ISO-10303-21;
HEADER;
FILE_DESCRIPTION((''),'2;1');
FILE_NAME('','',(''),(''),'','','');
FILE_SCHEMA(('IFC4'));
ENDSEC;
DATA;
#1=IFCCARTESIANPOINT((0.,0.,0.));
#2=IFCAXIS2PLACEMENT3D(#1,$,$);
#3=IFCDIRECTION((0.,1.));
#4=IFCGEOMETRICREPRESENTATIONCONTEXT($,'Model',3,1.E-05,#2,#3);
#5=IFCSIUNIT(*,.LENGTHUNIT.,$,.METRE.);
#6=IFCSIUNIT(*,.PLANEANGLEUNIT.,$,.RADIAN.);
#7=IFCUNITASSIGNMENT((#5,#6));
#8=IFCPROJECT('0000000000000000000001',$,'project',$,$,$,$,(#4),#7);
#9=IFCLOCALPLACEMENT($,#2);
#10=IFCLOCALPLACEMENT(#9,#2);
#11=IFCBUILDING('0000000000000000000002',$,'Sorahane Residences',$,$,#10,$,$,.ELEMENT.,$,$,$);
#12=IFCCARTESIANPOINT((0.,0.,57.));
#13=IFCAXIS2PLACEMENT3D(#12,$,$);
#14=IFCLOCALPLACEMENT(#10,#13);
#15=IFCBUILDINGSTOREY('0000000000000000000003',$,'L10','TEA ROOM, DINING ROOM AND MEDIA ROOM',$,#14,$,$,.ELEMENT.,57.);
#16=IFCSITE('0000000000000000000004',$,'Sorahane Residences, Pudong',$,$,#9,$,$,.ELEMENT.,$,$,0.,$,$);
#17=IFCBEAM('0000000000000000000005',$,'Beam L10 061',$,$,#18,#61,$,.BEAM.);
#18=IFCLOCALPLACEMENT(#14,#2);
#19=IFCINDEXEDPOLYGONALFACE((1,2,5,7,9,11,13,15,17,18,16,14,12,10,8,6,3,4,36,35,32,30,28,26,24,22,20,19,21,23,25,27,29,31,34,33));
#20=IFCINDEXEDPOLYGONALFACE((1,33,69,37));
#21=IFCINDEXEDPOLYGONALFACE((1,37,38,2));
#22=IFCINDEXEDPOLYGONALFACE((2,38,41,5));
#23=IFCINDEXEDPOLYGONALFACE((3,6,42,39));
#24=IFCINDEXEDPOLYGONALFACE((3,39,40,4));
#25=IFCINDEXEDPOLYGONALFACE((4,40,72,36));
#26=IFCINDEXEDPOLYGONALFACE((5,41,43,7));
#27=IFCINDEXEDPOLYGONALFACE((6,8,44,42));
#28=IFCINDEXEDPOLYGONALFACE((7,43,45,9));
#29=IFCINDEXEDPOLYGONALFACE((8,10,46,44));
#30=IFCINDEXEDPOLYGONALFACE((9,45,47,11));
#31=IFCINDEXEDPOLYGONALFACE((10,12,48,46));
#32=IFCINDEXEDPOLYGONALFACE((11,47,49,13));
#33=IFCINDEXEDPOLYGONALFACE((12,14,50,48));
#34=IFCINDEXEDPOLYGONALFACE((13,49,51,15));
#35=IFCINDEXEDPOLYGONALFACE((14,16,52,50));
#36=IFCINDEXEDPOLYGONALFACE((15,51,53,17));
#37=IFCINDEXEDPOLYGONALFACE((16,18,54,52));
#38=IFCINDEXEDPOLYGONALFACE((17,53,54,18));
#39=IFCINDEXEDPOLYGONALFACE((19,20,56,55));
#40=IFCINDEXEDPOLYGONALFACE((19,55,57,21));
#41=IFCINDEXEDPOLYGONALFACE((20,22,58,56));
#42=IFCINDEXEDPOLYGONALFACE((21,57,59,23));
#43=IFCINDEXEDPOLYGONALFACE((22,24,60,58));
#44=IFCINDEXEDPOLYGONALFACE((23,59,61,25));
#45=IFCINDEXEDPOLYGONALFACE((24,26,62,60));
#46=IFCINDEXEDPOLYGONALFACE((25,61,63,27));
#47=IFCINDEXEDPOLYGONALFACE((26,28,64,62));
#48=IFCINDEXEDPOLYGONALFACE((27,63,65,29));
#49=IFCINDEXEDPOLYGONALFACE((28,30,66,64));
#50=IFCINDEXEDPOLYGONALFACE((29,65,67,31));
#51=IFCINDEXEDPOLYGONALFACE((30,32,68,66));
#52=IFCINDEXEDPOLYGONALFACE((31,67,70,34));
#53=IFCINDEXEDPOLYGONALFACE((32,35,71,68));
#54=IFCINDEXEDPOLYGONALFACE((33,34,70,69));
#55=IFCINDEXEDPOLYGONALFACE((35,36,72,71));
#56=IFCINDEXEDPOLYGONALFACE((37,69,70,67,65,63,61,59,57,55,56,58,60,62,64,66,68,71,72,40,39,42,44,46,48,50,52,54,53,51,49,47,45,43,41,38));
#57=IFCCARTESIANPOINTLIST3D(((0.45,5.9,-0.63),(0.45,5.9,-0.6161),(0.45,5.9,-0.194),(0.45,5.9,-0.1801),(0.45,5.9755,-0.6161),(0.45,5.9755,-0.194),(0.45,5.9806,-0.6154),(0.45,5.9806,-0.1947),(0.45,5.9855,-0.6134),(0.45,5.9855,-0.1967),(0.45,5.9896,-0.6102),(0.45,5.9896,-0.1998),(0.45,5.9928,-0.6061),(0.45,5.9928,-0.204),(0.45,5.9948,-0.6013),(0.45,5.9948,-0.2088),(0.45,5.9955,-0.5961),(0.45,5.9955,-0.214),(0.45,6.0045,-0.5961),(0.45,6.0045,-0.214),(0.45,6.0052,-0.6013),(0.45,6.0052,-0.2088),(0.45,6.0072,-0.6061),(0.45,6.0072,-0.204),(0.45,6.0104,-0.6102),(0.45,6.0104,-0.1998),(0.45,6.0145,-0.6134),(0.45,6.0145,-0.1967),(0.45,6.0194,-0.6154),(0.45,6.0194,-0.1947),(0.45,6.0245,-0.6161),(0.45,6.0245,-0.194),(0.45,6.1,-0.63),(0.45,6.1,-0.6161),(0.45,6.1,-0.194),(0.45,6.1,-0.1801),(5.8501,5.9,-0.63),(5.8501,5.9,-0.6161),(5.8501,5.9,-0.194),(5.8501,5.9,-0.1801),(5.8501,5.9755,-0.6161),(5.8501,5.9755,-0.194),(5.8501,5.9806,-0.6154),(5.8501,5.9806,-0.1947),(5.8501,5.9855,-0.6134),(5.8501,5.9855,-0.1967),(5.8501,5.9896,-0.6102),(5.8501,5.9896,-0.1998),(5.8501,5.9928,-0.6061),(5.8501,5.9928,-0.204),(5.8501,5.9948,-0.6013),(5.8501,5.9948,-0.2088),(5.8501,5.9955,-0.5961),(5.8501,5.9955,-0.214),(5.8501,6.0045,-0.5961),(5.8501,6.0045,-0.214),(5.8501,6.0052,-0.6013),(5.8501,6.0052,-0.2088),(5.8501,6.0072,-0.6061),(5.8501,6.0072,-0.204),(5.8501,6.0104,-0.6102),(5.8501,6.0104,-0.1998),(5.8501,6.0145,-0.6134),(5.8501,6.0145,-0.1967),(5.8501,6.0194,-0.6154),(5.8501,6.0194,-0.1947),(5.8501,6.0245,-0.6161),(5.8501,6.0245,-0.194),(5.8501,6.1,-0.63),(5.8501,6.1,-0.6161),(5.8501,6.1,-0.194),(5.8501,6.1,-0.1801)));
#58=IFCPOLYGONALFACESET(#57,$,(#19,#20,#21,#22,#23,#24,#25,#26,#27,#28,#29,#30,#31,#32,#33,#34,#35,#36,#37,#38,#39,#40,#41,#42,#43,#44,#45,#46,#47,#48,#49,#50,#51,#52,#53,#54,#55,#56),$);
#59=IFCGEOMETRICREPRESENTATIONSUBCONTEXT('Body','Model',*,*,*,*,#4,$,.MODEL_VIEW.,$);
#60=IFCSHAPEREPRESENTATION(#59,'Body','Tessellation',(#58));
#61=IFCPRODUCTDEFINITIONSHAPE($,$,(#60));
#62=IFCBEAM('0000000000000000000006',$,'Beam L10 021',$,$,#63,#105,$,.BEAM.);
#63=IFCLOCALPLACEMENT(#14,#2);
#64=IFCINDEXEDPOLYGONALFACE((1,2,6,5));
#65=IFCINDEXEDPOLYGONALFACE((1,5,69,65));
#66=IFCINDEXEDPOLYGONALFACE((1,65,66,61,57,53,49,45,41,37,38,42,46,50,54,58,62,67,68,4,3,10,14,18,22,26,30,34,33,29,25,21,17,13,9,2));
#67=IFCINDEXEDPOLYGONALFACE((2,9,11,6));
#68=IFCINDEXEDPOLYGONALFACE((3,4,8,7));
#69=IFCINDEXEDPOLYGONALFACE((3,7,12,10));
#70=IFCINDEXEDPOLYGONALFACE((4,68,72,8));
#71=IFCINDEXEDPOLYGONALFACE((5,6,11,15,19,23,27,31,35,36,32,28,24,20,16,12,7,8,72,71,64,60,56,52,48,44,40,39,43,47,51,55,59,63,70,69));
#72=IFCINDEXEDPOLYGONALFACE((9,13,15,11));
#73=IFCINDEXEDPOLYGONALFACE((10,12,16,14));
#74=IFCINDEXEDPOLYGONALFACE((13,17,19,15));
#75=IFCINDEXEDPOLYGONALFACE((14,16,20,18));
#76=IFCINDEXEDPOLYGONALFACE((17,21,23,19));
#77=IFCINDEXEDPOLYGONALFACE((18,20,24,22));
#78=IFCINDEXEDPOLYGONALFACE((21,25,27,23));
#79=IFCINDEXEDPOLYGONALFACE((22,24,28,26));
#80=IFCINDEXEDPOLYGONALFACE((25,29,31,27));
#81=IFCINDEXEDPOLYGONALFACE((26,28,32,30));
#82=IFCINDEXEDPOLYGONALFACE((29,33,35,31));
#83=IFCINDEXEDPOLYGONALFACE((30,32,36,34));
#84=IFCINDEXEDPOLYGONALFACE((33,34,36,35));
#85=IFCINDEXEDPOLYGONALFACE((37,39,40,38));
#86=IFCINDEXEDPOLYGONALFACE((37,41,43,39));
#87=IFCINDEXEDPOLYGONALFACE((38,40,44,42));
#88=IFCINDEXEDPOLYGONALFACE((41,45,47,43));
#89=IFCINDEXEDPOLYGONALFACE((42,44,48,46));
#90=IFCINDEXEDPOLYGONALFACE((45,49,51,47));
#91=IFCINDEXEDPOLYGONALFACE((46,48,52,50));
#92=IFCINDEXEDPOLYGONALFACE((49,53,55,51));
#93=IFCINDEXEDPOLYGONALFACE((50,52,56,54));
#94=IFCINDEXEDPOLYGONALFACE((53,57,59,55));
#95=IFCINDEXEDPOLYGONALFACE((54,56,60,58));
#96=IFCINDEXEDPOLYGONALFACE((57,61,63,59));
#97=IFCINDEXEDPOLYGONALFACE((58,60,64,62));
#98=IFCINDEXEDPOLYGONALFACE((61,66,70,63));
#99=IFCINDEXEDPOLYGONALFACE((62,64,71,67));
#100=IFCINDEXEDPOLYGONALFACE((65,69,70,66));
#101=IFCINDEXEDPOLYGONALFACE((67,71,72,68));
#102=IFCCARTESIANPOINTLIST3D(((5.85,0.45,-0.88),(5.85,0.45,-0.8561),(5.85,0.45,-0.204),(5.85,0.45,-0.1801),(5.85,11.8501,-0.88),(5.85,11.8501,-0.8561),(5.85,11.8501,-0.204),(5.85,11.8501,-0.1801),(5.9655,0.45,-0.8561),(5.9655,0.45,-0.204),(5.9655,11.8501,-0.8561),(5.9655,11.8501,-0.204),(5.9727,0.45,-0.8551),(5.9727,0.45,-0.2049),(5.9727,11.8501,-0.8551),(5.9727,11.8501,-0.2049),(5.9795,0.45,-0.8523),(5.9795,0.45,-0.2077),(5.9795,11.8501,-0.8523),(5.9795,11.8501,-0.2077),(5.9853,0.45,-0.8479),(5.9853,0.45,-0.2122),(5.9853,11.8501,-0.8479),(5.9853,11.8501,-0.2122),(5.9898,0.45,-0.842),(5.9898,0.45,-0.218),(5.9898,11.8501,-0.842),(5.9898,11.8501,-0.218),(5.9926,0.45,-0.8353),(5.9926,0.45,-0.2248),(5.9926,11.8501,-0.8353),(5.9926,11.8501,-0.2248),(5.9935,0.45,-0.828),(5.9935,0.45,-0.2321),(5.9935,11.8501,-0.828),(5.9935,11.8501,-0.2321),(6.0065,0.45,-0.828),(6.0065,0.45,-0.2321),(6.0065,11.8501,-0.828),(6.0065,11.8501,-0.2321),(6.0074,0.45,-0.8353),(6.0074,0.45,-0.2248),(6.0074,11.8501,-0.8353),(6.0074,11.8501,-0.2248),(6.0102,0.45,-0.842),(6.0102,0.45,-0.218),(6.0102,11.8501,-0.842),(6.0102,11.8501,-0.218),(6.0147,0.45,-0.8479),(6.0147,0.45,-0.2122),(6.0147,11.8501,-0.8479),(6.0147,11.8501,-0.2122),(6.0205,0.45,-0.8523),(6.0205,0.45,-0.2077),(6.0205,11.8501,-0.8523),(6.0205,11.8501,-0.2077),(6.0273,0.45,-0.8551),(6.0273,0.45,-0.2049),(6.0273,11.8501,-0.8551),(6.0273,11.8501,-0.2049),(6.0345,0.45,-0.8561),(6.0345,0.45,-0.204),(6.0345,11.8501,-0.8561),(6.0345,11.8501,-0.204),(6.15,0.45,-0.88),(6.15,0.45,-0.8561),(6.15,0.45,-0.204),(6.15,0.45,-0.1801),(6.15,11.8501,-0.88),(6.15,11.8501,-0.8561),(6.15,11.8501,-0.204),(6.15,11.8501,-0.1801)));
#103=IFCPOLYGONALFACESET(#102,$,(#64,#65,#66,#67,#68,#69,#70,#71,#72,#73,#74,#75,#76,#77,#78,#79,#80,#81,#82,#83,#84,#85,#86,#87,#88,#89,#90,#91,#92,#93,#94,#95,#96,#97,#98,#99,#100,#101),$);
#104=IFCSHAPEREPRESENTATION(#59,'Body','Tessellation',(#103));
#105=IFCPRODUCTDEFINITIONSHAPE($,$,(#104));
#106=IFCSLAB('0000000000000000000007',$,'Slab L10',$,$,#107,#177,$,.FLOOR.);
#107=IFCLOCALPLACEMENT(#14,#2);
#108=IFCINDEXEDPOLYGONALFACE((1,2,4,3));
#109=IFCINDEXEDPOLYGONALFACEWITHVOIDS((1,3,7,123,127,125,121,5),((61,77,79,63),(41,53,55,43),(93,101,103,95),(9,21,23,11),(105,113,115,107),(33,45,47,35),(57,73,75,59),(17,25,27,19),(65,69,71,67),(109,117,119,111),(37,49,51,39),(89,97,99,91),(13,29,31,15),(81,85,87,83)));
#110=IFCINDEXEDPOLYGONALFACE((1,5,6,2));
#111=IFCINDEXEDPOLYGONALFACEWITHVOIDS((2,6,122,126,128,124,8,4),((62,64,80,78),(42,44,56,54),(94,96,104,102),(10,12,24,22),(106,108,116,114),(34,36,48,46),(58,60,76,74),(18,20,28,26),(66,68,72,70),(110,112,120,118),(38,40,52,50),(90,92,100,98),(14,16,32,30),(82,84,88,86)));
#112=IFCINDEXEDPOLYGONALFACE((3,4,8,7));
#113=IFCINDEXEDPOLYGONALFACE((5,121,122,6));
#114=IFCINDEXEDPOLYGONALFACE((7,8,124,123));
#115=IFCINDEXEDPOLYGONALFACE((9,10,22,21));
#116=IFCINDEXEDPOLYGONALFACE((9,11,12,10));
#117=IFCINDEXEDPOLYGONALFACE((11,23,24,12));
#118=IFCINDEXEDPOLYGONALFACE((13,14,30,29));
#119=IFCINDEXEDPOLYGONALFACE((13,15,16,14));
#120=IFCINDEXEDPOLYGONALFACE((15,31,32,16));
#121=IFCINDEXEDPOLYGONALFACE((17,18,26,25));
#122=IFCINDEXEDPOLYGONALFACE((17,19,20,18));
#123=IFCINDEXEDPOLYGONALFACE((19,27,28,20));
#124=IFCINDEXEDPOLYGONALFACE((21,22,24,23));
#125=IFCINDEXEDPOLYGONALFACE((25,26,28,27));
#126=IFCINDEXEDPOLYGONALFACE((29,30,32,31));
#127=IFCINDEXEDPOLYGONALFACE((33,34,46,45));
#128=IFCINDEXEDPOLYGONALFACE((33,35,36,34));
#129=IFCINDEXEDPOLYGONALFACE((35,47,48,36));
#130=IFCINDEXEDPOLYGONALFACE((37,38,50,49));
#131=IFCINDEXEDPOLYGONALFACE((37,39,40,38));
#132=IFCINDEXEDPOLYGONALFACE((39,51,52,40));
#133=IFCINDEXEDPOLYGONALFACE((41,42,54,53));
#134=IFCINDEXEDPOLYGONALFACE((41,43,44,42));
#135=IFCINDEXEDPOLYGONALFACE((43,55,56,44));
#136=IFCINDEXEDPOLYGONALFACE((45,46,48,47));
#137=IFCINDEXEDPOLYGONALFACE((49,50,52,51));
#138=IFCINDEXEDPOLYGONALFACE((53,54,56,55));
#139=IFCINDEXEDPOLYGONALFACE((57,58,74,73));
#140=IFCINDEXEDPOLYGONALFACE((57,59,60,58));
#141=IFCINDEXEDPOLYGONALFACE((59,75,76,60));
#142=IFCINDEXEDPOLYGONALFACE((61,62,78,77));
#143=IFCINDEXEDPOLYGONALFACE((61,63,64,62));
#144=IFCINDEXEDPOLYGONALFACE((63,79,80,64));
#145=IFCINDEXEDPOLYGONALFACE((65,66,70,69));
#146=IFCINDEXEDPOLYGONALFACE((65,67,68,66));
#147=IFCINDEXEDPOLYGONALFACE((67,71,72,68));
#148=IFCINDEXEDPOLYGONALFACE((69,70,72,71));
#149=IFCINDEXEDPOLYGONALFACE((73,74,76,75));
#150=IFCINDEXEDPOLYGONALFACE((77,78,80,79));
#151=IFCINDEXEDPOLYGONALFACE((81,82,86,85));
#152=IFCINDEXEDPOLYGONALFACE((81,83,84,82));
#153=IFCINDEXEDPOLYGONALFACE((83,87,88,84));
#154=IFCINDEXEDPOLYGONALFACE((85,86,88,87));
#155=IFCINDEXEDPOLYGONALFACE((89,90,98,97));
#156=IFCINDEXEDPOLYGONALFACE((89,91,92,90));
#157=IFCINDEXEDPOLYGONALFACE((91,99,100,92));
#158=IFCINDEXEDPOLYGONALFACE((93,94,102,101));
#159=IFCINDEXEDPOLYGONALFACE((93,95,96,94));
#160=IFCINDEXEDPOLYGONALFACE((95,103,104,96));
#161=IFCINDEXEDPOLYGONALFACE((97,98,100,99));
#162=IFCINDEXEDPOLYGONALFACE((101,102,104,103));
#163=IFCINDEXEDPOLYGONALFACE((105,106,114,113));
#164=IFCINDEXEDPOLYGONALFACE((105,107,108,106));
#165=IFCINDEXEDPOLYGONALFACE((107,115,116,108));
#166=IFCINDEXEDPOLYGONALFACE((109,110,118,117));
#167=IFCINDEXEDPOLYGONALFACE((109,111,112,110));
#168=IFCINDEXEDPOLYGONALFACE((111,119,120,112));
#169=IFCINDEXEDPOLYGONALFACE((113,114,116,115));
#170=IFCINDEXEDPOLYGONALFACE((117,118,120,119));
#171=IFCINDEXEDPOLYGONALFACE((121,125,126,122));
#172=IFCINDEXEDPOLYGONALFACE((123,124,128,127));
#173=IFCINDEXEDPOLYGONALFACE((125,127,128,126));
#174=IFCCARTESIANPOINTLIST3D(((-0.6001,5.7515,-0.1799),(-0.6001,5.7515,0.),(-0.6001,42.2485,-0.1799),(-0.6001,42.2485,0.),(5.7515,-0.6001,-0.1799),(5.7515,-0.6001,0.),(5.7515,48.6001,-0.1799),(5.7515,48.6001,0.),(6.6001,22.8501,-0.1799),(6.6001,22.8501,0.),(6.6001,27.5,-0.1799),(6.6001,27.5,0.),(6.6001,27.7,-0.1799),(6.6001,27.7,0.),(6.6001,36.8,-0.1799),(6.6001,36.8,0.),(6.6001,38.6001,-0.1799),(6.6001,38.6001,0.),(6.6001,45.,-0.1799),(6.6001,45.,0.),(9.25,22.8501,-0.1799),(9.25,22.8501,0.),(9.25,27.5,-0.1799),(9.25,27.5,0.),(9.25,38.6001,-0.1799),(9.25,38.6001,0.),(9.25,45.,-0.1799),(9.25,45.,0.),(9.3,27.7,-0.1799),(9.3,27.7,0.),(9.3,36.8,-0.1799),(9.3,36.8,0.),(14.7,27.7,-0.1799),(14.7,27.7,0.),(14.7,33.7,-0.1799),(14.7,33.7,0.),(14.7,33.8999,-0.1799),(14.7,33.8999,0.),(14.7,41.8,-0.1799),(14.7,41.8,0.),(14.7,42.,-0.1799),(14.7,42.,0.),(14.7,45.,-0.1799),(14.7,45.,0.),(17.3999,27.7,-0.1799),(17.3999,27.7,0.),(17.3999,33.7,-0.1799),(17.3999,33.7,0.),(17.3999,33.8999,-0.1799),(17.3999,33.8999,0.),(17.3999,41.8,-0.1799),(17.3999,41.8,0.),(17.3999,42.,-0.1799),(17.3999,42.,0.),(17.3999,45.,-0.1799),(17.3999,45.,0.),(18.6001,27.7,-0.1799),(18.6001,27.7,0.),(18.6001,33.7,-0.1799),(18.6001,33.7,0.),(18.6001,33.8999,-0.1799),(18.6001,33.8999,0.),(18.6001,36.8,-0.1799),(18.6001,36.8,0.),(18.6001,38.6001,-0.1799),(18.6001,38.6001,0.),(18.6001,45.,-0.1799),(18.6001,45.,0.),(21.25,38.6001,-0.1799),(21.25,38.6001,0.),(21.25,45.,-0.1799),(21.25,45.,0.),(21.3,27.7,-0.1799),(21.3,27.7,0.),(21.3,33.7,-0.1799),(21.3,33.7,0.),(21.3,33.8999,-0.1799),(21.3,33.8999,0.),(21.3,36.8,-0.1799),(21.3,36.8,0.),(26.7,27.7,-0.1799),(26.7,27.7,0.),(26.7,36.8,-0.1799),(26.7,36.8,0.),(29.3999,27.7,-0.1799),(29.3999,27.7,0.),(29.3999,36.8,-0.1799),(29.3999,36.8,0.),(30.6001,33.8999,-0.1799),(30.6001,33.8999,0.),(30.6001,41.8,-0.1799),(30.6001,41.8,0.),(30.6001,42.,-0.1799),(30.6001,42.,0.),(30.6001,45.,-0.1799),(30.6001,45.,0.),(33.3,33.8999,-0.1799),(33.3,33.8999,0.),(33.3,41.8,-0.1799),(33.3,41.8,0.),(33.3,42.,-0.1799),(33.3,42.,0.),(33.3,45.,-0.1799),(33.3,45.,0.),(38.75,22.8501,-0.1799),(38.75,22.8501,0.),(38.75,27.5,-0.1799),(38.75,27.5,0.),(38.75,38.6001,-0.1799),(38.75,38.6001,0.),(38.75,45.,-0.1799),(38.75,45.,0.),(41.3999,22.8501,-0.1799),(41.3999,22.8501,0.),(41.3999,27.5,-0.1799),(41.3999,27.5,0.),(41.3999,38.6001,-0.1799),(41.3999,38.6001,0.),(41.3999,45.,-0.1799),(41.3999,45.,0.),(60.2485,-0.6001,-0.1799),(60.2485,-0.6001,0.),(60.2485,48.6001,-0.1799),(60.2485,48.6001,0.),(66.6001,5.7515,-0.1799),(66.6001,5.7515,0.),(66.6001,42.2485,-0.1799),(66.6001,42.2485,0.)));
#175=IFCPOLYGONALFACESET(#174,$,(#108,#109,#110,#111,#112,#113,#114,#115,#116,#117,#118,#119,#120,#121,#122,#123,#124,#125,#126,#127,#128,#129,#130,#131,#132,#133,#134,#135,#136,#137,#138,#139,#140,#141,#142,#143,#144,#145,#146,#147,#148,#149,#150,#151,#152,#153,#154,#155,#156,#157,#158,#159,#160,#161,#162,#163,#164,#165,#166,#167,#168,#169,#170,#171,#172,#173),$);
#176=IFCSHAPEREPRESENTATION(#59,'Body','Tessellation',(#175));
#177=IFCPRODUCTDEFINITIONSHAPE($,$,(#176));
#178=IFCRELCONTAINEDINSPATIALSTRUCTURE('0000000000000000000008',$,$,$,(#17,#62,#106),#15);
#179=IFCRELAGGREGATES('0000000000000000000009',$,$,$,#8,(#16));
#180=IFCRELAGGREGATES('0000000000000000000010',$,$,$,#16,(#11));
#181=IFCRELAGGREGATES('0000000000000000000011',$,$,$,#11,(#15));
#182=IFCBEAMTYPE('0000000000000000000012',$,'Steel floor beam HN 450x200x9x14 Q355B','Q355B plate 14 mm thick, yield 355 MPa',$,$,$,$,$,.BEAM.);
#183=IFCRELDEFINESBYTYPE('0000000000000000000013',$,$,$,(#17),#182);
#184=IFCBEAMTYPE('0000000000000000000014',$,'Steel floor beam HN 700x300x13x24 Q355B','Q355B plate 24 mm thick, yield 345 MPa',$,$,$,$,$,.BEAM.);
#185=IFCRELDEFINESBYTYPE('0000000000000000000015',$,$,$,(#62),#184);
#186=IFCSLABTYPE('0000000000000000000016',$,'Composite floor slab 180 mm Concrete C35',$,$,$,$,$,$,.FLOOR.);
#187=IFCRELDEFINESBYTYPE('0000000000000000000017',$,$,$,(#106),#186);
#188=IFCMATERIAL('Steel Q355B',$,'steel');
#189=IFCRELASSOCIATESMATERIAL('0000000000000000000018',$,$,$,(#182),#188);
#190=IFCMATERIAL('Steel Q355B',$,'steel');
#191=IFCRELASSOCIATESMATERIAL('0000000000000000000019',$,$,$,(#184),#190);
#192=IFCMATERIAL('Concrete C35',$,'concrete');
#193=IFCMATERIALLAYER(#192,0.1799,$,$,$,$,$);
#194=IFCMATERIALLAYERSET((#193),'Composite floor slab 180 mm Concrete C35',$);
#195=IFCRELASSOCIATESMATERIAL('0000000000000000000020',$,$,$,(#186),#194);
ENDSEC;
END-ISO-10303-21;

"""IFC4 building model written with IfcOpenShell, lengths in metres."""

from ifc_helpers import new_model, si_unit, direction, frame, origin, origin_2d, place, context, subcontext, project, spatial, polyline, i_section, outline, extrude, material, layer, layer_set, material_profile, profile_set, type_object, element, save


model = new_model("IFC4")

# Units and contexts
model_context = context("Model", 3, precision=1e-05, world=origin(), true_north=direction((0.0, 1.0)))
body_context = subcontext(model_context, "Body", "Model", "MODEL_VIEW")
ifc_project = project(units=[si_unit("LENGTHUNIT", "METRE"), si_unit("PLANEANGLEUNIT", "RADIAN")], contexts=[model_context])

# Site, building, storey
site_placement = place(None, origin())
site = spatial("IfcSite", under=ifc_project, at=site_placement, Name="Sorahane Residences, Pudong", CompositionType="ELEMENT", RefElevation=0.0)
building_placement = place(site_placement, origin())
building = spatial("IfcBuilding", under=site, at=building_placement, Name="Sorahane Residences", CompositionType="ELEMENT")
storey_placement = place(building_placement, frame((0.0, 0.0, 57.0)))
storey = spatial("IfcBuildingStorey", under=building, at=storey_placement, Name="L10", Description="TEA ROOM, DINING ROOM AND MEDIA ROOM", CompositionType="ELEMENT", Elevation=57.0)

# Beams
ifc_material_1 = material(Name="Steel Q355B", Category="steel")
ifc_material_profile_1 = material_profile(ifc_material_1, i_section(OverallWidth=0.2, OverallDepth=0.45, WebThickness=0.009, FlangeThickness=0.0139, FilletRadius=0.02, at=origin_2d()), Name="HN 450x200x9x14")
ifc_profile_set_1 = profile_set([ifc_material_profile_1], Name="Steel Q355B")
beam_type_1 = type_object("IfcBeamType", Name="Steel floor beam HN 450x200x9x14 Q355B", Description="Q355B plate 14 mm thick, yield 355 MPa", PredefinedType="BEAM", material=ifc_profile_set_1)
beam_1_placement = place(storey_placement, frame((0.45, 6.0, -0.405), z_axis=(1.0, 0.0, 0.0), x_axis=(0.0, 1.0, 0.0)))
element("IfcBeam", 1, at=beam_1_placement, inside=storey, type_object=beam_type_1, Name="Beam L10 061", PredefinedType="BEAM", context=body_context, shape_type="SweptSolid", body=[
    extrude(i_section(OverallWidth=0.2, OverallDepth=0.45, WebThickness=0.009, FlangeThickness=0.0139, FilletRadius=0.02, at=origin_2d()), origin(), (0.0, 0.0, 1.0), 5.4001),
])
ifc_material_2 = material(Name="Steel Q355B", Category="steel")
ifc_material_profile_2 = material_profile(ifc_material_2, i_section(OverallWidth=0.3, OverallDepth=0.7, WebThickness=0.0129, FlangeThickness=0.0239, FilletRadius=0.0281, at=origin_2d()), Name="HN 700x300x13x24")
ifc_profile_set_2 = profile_set([ifc_material_profile_2], Name="Steel Q355B")
beam_type_2 = type_object("IfcBeamType", Name="Steel floor beam HN 700x300x13x24 Q355B", Description="Q355B plate 24 mm thick, yield 345 MPa", PredefinedType="BEAM", material=ifc_profile_set_2)
beam_2_placement = place(storey_placement, frame((6.0, 0.45, -0.53), z_axis=(0.0, 1.0, 0.0), x_axis=(-1.0, 0.0, 0.0)))
element("IfcBeam", 2, at=beam_2_placement, inside=storey, type_object=beam_type_2, Name="Beam L10 021", PredefinedType="BEAM", context=body_context, shape_type="SweptSolid", body=[
    extrude(i_section(OverallWidth=0.3, OverallDepth=0.7, WebThickness=0.0129, FlangeThickness=0.0239, FilletRadius=0.0281, at=origin_2d()), origin(), (0.0, 0.0, 1.0), 11.4001),
])

# Slab
ifc_material_3 = material(Name="Concrete C35", Category="concrete")
ifc_layer_1 = layer(ifc_material_3, 0.1799)
ifc_layer_set_1 = layer_set([ifc_layer_1], Name="Composite floor slab 180 mm Concrete C35")
slab_type_1 = type_object("IfcSlabType", Name="Composite floor slab 180 mm Concrete C35", PredefinedType="FLOOR", material=ifc_layer_set_1)
slab_1_placement = place(storey_placement, frame((0.0, 0.0, -0.1799)))
element("IfcSlab", 3, at=slab_1_placement, inside=storey, type_object=slab_type_1, Name="Slab L10", PredefinedType="FLOOR", context=body_context, shape_type="SweptSolid", body=[
    extrude(outline(polyline([(5.7515, -0.6001), (-0.6001, 5.7515), (-0.6001, 42.2485), (5.7515, 48.6001), (60.2485, 48.6001), (66.6001, 42.2485), (66.6001, 5.7515), (60.2485, -0.6001), (5.7515, -0.6001)]), holes=[polyline([(18.6001, 27.7), (21.3, 27.7), (21.3, 33.7), (18.6001, 33.7), (18.6001, 27.7)]), polyline([(30.6001, 42.0), (33.3, 42.0), (33.3, 45.0), (30.6001, 45.0), (30.6001, 42.0)]), polyline([(14.7, 27.7), (17.3999, 27.7), (17.3999, 33.7), (14.7, 33.7), (14.7, 27.7)]), polyline([(14.7, 42.0), (17.3999, 42.0), (17.3999, 45.0), (14.7, 45.0), (14.7, 42.0)]), polyline([(6.6001, 27.7), (9.3, 27.7), (9.3, 36.8), (6.6001, 36.8), (6.6001, 27.7)]), polyline([(9.25, 38.6001), (9.25, 45.0), (6.6001, 45.0), (6.6001, 38.6001), (9.25, 38.6001)]), polyline([(41.3999, 38.6001), (41.3999, 45.0), (38.75, 45.0), (38.75, 38.6001), (41.3999, 38.6001)]), polyline([(21.25, 38.6001), (21.25, 45.0), (18.6001, 45.0), (18.6001, 38.6001), (21.25, 38.6001)]), polyline([(9.25, 22.8501), (9.25, 27.5), (6.6001, 27.5), (6.6001, 22.8501), (9.25, 22.8501)]), polyline([(41.3999, 22.8501), (41.3999, 27.5), (38.75, 27.5), (38.75, 22.8501), (41.3999, 22.8501)]), polyline([(14.7, 33.8999), (17.3999, 33.8999), (17.3999, 41.8), (14.7, 41.8), (14.7, 33.8999)]), polyline([(30.6001, 33.8999), (33.3, 33.8999), (33.3, 41.8), (30.6001, 41.8), (30.6001, 33.8999)]), polyline([(18.6001, 33.8999), (21.3, 33.8999), (21.3, 36.8), (18.6001, 36.8), (18.6001, 33.8999)]), polyline([(26.7, 27.7), (29.3999, 27.7), (29.3999, 36.8), (26.7, 36.8), (26.7, 27.7)])]), origin(), (0.0, 0.0, 1.0), 0.1799),
])

save(model, "model.ifc")
